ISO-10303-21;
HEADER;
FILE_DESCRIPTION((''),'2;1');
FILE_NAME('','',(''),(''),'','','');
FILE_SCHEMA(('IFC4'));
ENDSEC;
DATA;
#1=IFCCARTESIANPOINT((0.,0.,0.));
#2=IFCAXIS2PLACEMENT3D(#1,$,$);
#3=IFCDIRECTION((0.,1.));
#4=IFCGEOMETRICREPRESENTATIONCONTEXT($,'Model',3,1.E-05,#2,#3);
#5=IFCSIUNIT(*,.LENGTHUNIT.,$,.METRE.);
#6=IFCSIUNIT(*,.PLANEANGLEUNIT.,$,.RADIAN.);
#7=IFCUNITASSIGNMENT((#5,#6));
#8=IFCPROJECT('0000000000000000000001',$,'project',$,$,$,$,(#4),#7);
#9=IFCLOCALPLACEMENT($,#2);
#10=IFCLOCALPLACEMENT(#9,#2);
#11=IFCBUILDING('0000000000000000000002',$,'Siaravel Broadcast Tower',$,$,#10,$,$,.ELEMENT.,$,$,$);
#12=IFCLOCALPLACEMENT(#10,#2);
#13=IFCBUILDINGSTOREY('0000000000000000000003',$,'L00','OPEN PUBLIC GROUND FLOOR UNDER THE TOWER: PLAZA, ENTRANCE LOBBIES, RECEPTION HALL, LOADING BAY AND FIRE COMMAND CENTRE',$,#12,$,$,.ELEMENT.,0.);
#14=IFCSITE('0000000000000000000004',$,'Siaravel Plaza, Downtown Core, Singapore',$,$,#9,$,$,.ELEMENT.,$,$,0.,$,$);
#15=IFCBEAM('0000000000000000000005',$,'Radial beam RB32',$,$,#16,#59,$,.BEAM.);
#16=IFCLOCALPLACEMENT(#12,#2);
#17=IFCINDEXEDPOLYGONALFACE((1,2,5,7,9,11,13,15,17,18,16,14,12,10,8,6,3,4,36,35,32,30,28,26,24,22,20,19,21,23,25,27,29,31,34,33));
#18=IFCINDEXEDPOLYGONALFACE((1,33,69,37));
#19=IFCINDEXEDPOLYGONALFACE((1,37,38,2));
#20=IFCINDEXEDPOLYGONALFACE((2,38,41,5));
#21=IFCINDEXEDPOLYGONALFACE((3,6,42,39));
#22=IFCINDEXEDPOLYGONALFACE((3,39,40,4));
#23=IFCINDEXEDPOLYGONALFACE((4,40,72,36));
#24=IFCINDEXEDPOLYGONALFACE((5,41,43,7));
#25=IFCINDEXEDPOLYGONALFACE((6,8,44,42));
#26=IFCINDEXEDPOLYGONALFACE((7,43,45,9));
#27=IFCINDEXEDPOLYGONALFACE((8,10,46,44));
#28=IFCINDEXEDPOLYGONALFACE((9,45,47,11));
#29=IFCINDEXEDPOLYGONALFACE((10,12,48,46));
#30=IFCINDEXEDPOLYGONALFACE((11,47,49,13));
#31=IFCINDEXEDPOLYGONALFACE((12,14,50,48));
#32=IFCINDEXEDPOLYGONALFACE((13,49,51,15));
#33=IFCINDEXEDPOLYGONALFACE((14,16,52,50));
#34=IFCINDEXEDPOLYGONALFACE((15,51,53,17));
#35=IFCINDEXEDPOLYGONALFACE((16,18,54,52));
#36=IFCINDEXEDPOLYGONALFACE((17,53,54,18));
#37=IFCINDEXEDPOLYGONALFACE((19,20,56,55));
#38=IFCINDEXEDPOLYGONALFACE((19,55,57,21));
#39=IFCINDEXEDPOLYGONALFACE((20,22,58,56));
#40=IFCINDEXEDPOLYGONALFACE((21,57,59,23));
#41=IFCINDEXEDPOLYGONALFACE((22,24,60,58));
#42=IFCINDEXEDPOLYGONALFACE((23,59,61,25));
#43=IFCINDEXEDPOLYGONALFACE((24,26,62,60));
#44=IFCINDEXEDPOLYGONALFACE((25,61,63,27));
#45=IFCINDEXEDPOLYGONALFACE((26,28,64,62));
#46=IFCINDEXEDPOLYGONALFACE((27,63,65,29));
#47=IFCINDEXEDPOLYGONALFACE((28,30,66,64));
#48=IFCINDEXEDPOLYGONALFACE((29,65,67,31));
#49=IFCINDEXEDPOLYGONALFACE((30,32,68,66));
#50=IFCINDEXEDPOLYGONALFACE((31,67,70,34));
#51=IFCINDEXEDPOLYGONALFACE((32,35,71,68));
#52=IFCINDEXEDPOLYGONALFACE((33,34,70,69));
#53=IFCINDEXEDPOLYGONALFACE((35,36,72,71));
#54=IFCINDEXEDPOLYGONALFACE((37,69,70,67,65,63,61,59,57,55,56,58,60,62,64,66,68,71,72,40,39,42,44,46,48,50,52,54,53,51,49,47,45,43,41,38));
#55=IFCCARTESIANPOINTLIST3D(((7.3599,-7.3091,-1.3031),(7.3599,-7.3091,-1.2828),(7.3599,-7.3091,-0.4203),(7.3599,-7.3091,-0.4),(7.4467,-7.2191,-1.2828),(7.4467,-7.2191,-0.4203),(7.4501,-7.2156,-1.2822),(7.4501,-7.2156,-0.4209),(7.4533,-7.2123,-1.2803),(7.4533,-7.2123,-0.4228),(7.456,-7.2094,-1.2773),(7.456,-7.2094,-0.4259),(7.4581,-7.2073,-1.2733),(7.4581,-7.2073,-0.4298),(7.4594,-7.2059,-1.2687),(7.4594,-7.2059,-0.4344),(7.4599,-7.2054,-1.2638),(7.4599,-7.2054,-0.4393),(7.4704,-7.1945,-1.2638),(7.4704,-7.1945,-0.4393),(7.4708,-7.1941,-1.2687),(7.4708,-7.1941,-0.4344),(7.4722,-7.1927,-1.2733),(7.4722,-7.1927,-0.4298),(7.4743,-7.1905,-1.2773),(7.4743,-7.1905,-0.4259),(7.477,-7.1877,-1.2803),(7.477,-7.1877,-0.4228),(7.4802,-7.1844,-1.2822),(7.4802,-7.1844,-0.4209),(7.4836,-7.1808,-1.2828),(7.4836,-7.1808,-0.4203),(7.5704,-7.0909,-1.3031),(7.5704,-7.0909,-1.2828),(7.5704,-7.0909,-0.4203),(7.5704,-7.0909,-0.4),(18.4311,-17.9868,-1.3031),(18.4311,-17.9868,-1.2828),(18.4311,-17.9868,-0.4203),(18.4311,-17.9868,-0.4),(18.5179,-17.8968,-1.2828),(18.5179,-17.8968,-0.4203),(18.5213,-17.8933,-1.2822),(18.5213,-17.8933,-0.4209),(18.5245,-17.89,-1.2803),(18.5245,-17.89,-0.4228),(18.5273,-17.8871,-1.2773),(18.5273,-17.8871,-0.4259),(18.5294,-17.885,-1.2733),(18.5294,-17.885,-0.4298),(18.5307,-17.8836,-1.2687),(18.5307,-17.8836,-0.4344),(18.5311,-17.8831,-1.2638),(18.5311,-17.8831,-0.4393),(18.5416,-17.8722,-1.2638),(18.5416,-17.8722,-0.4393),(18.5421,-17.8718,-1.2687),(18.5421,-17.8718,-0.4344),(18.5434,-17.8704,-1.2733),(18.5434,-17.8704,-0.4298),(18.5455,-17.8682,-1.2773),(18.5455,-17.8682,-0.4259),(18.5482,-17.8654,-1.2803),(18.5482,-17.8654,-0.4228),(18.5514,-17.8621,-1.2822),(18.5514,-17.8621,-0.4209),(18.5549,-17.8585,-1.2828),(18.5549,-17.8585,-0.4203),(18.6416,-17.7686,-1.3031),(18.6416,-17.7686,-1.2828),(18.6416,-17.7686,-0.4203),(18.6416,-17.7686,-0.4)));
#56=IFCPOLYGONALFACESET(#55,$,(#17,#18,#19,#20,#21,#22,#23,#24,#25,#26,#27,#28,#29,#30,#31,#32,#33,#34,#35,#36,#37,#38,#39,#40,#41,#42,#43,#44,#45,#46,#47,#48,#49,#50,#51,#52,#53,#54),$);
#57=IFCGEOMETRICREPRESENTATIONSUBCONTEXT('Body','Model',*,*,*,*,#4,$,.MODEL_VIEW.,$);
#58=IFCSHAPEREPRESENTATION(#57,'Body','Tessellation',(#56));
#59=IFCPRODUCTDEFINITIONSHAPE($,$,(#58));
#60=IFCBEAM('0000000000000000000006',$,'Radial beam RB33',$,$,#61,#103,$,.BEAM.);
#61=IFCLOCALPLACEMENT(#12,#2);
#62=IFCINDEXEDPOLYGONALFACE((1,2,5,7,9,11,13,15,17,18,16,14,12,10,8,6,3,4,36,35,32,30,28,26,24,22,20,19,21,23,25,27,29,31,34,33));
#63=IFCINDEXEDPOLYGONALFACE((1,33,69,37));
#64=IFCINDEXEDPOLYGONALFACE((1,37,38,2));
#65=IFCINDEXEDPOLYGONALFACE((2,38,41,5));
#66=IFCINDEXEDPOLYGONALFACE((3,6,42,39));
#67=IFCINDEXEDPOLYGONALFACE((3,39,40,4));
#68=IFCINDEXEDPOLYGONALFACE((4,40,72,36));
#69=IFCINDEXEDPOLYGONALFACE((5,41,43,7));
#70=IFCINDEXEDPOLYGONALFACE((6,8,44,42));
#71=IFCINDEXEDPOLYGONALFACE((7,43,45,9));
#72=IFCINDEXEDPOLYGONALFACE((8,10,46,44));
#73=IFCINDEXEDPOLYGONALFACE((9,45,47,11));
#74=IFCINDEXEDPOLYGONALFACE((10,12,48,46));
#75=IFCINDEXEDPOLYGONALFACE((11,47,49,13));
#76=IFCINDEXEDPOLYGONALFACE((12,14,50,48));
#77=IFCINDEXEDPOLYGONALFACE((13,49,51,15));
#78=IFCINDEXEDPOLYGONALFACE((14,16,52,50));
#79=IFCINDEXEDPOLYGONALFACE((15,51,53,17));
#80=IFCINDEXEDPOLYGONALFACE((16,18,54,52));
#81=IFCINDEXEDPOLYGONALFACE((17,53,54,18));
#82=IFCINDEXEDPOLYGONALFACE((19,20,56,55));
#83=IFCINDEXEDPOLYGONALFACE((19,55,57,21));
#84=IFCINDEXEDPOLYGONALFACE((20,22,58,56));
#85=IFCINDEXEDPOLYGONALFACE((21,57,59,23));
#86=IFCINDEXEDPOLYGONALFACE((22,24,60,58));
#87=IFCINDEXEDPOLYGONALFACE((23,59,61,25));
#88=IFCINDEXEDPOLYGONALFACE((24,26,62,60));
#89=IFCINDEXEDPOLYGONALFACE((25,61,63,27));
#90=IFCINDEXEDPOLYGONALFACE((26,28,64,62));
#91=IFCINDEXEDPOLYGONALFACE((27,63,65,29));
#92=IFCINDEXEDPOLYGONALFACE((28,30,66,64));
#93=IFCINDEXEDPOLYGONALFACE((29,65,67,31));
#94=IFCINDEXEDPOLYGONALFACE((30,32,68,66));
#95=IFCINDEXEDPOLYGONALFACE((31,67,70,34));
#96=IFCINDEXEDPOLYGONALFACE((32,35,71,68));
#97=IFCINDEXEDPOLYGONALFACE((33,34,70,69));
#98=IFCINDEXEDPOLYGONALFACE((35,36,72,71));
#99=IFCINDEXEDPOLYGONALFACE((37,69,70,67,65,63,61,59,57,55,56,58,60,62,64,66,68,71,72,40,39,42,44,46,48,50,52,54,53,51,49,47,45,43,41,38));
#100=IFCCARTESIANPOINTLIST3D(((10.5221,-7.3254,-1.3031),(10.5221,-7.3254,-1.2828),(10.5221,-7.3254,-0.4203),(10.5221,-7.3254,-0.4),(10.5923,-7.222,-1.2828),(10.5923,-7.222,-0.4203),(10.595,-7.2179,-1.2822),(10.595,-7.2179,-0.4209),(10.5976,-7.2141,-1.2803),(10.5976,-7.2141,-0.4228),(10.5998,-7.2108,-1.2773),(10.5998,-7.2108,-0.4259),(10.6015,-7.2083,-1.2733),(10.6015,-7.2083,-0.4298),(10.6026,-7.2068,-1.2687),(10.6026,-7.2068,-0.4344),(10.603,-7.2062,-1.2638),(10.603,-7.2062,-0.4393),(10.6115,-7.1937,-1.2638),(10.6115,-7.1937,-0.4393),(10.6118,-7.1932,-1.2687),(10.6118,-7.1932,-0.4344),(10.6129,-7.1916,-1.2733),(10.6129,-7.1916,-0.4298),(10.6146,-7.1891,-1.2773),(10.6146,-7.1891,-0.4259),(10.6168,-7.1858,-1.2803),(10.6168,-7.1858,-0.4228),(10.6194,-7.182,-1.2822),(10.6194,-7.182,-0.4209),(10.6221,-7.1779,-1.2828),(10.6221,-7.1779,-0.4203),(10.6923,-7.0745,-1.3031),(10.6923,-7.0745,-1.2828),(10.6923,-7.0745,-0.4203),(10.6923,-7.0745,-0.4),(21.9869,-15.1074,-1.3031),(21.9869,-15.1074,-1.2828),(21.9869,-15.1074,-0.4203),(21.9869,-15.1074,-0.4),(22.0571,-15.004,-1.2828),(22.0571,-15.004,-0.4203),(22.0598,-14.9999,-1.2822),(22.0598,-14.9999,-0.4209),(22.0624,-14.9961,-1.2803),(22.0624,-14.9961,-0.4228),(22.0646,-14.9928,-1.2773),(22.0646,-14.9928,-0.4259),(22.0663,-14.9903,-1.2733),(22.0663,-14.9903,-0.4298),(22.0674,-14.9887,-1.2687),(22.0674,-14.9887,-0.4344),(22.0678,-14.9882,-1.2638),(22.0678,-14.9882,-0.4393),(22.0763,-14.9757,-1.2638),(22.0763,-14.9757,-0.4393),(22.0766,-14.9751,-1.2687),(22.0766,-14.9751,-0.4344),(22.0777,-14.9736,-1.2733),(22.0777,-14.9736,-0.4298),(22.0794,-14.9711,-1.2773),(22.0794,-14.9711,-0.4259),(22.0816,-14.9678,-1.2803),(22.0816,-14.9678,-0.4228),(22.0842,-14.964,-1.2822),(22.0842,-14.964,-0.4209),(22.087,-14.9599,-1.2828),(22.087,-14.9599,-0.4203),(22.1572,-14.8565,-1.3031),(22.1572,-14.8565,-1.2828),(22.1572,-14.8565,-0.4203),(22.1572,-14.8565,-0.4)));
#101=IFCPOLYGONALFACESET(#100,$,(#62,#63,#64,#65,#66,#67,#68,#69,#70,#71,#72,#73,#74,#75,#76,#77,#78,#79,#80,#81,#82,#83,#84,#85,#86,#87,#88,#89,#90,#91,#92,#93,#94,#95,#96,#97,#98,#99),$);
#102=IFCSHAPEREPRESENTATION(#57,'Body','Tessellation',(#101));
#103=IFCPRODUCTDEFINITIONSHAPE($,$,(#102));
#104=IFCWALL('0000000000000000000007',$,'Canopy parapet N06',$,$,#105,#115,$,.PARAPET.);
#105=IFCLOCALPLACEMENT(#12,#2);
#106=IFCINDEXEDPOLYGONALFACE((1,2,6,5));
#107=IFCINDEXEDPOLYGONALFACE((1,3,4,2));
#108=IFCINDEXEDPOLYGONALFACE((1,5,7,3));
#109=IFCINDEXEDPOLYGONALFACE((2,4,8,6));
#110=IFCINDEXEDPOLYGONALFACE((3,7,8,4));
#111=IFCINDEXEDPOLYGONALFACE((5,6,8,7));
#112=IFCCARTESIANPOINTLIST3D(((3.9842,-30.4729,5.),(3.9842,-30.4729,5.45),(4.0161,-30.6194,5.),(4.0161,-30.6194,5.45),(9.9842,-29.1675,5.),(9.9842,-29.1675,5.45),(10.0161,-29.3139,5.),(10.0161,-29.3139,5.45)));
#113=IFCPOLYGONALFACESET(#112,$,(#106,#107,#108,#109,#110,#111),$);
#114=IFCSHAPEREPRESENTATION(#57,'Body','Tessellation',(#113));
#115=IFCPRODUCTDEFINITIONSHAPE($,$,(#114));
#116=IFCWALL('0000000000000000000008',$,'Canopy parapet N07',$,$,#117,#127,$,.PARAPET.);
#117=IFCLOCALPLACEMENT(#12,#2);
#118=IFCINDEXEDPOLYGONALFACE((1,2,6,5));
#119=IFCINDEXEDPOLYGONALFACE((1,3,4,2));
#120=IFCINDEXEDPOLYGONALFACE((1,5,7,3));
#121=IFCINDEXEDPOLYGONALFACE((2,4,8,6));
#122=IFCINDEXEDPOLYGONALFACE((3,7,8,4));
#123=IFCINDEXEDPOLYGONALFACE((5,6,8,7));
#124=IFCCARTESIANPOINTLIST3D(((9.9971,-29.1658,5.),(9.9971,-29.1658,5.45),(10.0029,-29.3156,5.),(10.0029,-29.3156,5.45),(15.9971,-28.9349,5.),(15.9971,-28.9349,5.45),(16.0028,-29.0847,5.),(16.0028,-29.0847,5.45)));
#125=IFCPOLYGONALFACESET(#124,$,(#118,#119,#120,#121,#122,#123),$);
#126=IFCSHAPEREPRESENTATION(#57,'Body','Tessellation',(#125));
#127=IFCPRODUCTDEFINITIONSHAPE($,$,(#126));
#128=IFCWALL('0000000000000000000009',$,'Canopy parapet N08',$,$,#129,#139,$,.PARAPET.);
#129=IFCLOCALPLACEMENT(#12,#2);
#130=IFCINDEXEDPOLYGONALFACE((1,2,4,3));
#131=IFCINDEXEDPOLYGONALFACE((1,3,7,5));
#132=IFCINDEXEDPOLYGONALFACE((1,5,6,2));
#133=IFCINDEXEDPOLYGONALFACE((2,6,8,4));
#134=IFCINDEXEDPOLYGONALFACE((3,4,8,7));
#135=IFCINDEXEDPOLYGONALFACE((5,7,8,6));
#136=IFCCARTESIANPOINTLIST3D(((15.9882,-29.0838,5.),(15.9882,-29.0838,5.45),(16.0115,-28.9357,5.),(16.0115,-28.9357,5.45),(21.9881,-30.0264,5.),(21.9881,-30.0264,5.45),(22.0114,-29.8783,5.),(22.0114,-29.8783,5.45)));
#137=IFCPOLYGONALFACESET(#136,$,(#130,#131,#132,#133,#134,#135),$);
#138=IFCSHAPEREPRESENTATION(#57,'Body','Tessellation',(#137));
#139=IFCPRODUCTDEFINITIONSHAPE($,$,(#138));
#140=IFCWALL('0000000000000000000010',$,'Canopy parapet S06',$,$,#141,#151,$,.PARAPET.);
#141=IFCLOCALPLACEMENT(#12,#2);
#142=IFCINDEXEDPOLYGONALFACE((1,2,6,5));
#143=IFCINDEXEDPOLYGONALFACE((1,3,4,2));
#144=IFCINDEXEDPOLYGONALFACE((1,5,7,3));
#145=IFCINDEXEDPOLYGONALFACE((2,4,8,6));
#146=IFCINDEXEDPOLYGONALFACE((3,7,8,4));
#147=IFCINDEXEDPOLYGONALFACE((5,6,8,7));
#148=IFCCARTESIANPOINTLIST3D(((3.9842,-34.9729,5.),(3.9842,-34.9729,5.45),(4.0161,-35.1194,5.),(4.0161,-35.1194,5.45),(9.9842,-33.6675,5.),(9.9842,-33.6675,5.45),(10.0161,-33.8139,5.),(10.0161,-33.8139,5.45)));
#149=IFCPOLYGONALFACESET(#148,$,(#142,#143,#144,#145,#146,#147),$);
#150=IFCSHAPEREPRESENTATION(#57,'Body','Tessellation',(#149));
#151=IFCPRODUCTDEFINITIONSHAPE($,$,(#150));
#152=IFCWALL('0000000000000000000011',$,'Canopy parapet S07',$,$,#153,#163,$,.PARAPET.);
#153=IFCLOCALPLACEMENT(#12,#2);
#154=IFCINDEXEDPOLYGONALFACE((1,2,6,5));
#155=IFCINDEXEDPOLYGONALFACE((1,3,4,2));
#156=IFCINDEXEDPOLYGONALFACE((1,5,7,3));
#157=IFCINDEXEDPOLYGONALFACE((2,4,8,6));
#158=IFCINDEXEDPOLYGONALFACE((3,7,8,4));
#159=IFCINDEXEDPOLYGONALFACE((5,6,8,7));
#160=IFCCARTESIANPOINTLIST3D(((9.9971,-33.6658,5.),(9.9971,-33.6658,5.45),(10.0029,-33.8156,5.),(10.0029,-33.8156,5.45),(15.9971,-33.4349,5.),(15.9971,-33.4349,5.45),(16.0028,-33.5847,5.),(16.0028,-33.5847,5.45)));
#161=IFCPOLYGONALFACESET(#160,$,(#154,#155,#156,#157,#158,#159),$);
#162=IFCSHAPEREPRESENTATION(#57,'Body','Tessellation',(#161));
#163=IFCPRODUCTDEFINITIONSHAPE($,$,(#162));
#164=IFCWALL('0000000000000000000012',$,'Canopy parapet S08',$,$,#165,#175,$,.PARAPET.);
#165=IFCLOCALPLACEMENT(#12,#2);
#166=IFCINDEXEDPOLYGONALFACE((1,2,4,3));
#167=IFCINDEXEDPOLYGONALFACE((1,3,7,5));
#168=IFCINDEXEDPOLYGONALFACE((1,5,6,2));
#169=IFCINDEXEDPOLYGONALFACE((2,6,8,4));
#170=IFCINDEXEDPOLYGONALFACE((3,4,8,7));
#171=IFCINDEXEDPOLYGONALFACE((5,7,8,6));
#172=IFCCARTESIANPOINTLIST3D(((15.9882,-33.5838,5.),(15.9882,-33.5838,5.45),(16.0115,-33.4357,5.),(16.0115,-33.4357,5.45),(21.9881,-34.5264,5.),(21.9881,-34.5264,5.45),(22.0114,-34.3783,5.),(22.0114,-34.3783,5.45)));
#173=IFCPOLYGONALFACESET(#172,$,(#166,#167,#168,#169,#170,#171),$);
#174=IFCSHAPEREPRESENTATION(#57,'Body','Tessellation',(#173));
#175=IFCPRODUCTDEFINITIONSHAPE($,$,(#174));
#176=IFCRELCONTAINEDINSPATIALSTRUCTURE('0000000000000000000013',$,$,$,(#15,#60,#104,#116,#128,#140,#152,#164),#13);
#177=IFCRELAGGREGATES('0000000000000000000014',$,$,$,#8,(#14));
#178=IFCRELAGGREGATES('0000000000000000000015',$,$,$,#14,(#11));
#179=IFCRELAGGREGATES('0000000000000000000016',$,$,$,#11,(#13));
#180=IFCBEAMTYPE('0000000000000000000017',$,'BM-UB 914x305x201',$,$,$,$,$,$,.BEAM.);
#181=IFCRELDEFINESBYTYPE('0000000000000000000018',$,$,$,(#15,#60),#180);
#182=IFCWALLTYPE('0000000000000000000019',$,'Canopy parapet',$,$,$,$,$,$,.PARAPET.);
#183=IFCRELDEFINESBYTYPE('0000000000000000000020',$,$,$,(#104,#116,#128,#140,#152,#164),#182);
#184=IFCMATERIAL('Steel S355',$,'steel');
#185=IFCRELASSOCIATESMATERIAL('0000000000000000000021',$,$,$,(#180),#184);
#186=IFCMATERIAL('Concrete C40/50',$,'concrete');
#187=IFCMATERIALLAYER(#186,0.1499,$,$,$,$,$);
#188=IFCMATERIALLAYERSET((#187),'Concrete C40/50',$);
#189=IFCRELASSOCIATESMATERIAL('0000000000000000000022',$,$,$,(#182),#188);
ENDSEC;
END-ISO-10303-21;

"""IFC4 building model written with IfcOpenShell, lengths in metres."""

from ifc_helpers import new_model, si_unit, direction, frame, frame_2d, origin, origin_2d, place, context, subcontext, project, spatial, rectangle, i_section, extrude, material, layer, layer_set, material_profile, profile_set, type_object, element, save


model = new_model("IFC4")

# Units and contexts
model_context = context("Model", 3, precision=1e-05, world=origin(), true_north=direction((0.0, 1.0)))
body_context = subcontext(model_context, "Body", "Model", "MODEL_VIEW")
ifc_project = project(units=[si_unit("LENGTHUNIT", "METRE"), si_unit("PLANEANGLEUNIT", "RADIAN")], contexts=[model_context])

# Site, building, storey
site_placement = place(None, origin())
site = spatial("IfcSite", under=ifc_project, at=site_placement, Name="Siaravel Plaza, Downtown Core, Singapore", CompositionType="ELEMENT", RefElevation=0.0)
building_placement = place(site_placement, origin())
building = spatial("IfcBuilding", under=site, at=building_placement, Name="Siaravel Broadcast Tower", CompositionType="ELEMENT")
storey_placement = place(building_placement, origin())
storey = spatial("IfcBuildingStorey", under=building, at=storey_placement, Name="L00", Description="OPEN PUBLIC GROUND FLOOR UNDER THE TOWER: PLAZA, ENTRANCE LOBBIES, RECEPTION HALL, LOADING BAY AND FIRE COMMAND CENTRE", CompositionType="ELEMENT", Elevation=0.0)

# Shared definitions
ifc_material_1 = material(Name="Concrete C40/50", Category="concrete")

# Shared definitions
ifc_material_2 = material(Name="Steel S355", Category="steel")

# Beams
ifc_material_profile_1 = material_profile(ifc_material_2, i_section(OverallWidth=0.3032, OverallDepth=0.9031, WebThickness=0.0151, FlangeThickness=0.0203, FilletRadius=0.019, at=origin_2d()))
ifc_profile_set_1 = profile_set([ifc_material_profile_1], Name="Steel S355")
beam_type = type_object("IfcBeamType", Name="BM-UB 914x305x201", PredefinedType="BEAM", material=ifc_profile_set_1)
beam_1_placement = place(storey_placement, frame((18.5364, -17.8777, -0.8516), z_axis=(-0.719784, 0.694198, 0.0), x_axis=(-0.694198, -0.719784, 0.0)))
element("IfcBeam", 1, at=beam_1_placement, inside=storey, type_object=beam_type, Name="Radial beam RB32", PredefinedType="BEAM", context=body_context, shape_type="SweptSolid", body=[
    extrude(i_section(OverallWidth=0.3032, OverallDepth=0.9031, WebThickness=0.0151, FlangeThickness=0.0203, FilletRadius=0.019, at=origin_2d()), origin(), (0.0, 0.0, 1.0), 15.3813),
])
beam_2_placement = place(storey_placement, frame((22.072, -14.9819, -0.8516), z_axis=(-0.8274, 0.561613, 0.0), x_axis=(-0.561613, -0.8274, 0.0)))
element("IfcBeam", 2, at=beam_2_placement, inside=storey, type_object=beam_type, Name="Radial beam RB33", PredefinedType="BEAM", context=body_context, shape_type="SweptSolid", body=[
    extrude(i_section(OverallWidth=0.3032, OverallDepth=0.9031, WebThickness=0.0151, FlangeThickness=0.0203, FilletRadius=0.019, at=origin_2d()), origin(), (0.0, 0.0, 1.0), 13.8564),
])

# Walls
ifc_layer_1 = layer(ifc_material_1, 0.1499)
ifc_layer_set_1 = layer_set([ifc_layer_1], Name="Concrete C40/50")
wall_type_1 = type_object("IfcWallType", Name="Canopy parapet", PredefinedType="PARAPET", material=ifc_layer_set_1)
wall_1_placement = place(storey_placement, frame((4.0, -30.5461, 5.0), z_axis=(0.0, 0.0, 1.0), x_axis=(0.97714, 0.212596, 0.0)))
element("IfcWall", 3, at=wall_1_placement, inside=storey, type_object=wall_type_1, Name="Canopy parapet N06", PredefinedType="PARAPET", context=body_context, shape_type="SweptSolid", body=[
    extrude(rectangle(XDim=6.1404, YDim=0.1499, at=frame_2d((3.0703, 0.0))), origin(), (0.0, 0.0, 1.0), 0.45),
])
wall_2_placement = place(storey_placement, frame((10.0, -29.2407, 5.0), z_axis=(0.0, 0.0, 1.0), x_axis=(0.99926, 0.038464, 0.0)))
element("IfcWall", 4, at=wall_2_placement, inside=storey, type_object=wall_type_1, Name="Canopy parapet N07", PredefinedType="PARAPET", context=body_context, shape_type="SweptSolid", body=[
    extrude(rectangle(XDim=6.0044, YDim=0.1499, at=frame_2d((3.0022, 0.0))), origin(), (0.0, 0.0, 1.0), 0.45),
])
wall_3_placement = place(storey_placement, frame((16.0, -29.0098, 5.0), z_axis=(0.0, 0.0, 1.0), x_axis=(0.987883, -0.155201, 0.0)))
element("IfcWall", 5, at=wall_3_placement, inside=storey, type_object=wall_type_1, Name="Canopy parapet N08", PredefinedType="PARAPET", context=body_context, shape_type="SweptSolid", body=[
    extrude(rectangle(XDim=6.0735, YDim=0.1499, at=frame_2d((3.0366, 0.0))), origin(), (0.0, 0.0, 1.0), 0.45),
])
wall_4_placement = place(storey_placement, frame((4.0, -35.0461, 5.0), z_axis=(0.0, 0.0, 1.0), x_axis=(0.97714, 0.212596, 0.0)))
element("IfcWall", 6, at=wall_4_placement, inside=storey, type_object=wall_type_1, Name="Canopy parapet S06", PredefinedType="PARAPET", context=body_context, shape_type="SweptSolid", body=[
    extrude(rectangle(XDim=6.1404, YDim=0.1499, at=frame_2d((3.0703, 0.0))), origin(), (0.0, 0.0, 1.0), 0.45),
])
wall_5_placement = place(storey_placement, frame((10.0, -33.7407, 5.0), z_axis=(0.0, 0.0, 1.0), x_axis=(0.99926, 0.038464, 0.0)))
element("IfcWall", 7, at=wall_5_placement, inside=storey, type_object=wall_type_1, Name="Canopy parapet S07", PredefinedType="PARAPET", context=body_context, shape_type="SweptSolid", body=[
    extrude(rectangle(XDim=6.0044, YDim=0.1499, at=frame_2d((3.0022, 0.0))), origin(), (0.0, 0.0, 1.0), 0.45),
])
wall_6_placement = place(storey_placement, frame((16.0, -33.5098, 5.0), z_axis=(0.0, 0.0, 1.0), x_axis=(0.987883, -0.155201, 0.0)))
element("IfcWall", 8, at=wall_6_placement, inside=storey, type_object=wall_type_1, Name="Canopy parapet S08", PredefinedType="PARAPET", context=body_context, shape_type="SweptSolid", body=[
    extrude(rectangle(XDim=6.0735, YDim=0.1499, at=frame_2d((3.0366, 0.0))), origin(), (0.0, 0.0, 1.0), 0.45),
])

save(model, "model.ifc")
